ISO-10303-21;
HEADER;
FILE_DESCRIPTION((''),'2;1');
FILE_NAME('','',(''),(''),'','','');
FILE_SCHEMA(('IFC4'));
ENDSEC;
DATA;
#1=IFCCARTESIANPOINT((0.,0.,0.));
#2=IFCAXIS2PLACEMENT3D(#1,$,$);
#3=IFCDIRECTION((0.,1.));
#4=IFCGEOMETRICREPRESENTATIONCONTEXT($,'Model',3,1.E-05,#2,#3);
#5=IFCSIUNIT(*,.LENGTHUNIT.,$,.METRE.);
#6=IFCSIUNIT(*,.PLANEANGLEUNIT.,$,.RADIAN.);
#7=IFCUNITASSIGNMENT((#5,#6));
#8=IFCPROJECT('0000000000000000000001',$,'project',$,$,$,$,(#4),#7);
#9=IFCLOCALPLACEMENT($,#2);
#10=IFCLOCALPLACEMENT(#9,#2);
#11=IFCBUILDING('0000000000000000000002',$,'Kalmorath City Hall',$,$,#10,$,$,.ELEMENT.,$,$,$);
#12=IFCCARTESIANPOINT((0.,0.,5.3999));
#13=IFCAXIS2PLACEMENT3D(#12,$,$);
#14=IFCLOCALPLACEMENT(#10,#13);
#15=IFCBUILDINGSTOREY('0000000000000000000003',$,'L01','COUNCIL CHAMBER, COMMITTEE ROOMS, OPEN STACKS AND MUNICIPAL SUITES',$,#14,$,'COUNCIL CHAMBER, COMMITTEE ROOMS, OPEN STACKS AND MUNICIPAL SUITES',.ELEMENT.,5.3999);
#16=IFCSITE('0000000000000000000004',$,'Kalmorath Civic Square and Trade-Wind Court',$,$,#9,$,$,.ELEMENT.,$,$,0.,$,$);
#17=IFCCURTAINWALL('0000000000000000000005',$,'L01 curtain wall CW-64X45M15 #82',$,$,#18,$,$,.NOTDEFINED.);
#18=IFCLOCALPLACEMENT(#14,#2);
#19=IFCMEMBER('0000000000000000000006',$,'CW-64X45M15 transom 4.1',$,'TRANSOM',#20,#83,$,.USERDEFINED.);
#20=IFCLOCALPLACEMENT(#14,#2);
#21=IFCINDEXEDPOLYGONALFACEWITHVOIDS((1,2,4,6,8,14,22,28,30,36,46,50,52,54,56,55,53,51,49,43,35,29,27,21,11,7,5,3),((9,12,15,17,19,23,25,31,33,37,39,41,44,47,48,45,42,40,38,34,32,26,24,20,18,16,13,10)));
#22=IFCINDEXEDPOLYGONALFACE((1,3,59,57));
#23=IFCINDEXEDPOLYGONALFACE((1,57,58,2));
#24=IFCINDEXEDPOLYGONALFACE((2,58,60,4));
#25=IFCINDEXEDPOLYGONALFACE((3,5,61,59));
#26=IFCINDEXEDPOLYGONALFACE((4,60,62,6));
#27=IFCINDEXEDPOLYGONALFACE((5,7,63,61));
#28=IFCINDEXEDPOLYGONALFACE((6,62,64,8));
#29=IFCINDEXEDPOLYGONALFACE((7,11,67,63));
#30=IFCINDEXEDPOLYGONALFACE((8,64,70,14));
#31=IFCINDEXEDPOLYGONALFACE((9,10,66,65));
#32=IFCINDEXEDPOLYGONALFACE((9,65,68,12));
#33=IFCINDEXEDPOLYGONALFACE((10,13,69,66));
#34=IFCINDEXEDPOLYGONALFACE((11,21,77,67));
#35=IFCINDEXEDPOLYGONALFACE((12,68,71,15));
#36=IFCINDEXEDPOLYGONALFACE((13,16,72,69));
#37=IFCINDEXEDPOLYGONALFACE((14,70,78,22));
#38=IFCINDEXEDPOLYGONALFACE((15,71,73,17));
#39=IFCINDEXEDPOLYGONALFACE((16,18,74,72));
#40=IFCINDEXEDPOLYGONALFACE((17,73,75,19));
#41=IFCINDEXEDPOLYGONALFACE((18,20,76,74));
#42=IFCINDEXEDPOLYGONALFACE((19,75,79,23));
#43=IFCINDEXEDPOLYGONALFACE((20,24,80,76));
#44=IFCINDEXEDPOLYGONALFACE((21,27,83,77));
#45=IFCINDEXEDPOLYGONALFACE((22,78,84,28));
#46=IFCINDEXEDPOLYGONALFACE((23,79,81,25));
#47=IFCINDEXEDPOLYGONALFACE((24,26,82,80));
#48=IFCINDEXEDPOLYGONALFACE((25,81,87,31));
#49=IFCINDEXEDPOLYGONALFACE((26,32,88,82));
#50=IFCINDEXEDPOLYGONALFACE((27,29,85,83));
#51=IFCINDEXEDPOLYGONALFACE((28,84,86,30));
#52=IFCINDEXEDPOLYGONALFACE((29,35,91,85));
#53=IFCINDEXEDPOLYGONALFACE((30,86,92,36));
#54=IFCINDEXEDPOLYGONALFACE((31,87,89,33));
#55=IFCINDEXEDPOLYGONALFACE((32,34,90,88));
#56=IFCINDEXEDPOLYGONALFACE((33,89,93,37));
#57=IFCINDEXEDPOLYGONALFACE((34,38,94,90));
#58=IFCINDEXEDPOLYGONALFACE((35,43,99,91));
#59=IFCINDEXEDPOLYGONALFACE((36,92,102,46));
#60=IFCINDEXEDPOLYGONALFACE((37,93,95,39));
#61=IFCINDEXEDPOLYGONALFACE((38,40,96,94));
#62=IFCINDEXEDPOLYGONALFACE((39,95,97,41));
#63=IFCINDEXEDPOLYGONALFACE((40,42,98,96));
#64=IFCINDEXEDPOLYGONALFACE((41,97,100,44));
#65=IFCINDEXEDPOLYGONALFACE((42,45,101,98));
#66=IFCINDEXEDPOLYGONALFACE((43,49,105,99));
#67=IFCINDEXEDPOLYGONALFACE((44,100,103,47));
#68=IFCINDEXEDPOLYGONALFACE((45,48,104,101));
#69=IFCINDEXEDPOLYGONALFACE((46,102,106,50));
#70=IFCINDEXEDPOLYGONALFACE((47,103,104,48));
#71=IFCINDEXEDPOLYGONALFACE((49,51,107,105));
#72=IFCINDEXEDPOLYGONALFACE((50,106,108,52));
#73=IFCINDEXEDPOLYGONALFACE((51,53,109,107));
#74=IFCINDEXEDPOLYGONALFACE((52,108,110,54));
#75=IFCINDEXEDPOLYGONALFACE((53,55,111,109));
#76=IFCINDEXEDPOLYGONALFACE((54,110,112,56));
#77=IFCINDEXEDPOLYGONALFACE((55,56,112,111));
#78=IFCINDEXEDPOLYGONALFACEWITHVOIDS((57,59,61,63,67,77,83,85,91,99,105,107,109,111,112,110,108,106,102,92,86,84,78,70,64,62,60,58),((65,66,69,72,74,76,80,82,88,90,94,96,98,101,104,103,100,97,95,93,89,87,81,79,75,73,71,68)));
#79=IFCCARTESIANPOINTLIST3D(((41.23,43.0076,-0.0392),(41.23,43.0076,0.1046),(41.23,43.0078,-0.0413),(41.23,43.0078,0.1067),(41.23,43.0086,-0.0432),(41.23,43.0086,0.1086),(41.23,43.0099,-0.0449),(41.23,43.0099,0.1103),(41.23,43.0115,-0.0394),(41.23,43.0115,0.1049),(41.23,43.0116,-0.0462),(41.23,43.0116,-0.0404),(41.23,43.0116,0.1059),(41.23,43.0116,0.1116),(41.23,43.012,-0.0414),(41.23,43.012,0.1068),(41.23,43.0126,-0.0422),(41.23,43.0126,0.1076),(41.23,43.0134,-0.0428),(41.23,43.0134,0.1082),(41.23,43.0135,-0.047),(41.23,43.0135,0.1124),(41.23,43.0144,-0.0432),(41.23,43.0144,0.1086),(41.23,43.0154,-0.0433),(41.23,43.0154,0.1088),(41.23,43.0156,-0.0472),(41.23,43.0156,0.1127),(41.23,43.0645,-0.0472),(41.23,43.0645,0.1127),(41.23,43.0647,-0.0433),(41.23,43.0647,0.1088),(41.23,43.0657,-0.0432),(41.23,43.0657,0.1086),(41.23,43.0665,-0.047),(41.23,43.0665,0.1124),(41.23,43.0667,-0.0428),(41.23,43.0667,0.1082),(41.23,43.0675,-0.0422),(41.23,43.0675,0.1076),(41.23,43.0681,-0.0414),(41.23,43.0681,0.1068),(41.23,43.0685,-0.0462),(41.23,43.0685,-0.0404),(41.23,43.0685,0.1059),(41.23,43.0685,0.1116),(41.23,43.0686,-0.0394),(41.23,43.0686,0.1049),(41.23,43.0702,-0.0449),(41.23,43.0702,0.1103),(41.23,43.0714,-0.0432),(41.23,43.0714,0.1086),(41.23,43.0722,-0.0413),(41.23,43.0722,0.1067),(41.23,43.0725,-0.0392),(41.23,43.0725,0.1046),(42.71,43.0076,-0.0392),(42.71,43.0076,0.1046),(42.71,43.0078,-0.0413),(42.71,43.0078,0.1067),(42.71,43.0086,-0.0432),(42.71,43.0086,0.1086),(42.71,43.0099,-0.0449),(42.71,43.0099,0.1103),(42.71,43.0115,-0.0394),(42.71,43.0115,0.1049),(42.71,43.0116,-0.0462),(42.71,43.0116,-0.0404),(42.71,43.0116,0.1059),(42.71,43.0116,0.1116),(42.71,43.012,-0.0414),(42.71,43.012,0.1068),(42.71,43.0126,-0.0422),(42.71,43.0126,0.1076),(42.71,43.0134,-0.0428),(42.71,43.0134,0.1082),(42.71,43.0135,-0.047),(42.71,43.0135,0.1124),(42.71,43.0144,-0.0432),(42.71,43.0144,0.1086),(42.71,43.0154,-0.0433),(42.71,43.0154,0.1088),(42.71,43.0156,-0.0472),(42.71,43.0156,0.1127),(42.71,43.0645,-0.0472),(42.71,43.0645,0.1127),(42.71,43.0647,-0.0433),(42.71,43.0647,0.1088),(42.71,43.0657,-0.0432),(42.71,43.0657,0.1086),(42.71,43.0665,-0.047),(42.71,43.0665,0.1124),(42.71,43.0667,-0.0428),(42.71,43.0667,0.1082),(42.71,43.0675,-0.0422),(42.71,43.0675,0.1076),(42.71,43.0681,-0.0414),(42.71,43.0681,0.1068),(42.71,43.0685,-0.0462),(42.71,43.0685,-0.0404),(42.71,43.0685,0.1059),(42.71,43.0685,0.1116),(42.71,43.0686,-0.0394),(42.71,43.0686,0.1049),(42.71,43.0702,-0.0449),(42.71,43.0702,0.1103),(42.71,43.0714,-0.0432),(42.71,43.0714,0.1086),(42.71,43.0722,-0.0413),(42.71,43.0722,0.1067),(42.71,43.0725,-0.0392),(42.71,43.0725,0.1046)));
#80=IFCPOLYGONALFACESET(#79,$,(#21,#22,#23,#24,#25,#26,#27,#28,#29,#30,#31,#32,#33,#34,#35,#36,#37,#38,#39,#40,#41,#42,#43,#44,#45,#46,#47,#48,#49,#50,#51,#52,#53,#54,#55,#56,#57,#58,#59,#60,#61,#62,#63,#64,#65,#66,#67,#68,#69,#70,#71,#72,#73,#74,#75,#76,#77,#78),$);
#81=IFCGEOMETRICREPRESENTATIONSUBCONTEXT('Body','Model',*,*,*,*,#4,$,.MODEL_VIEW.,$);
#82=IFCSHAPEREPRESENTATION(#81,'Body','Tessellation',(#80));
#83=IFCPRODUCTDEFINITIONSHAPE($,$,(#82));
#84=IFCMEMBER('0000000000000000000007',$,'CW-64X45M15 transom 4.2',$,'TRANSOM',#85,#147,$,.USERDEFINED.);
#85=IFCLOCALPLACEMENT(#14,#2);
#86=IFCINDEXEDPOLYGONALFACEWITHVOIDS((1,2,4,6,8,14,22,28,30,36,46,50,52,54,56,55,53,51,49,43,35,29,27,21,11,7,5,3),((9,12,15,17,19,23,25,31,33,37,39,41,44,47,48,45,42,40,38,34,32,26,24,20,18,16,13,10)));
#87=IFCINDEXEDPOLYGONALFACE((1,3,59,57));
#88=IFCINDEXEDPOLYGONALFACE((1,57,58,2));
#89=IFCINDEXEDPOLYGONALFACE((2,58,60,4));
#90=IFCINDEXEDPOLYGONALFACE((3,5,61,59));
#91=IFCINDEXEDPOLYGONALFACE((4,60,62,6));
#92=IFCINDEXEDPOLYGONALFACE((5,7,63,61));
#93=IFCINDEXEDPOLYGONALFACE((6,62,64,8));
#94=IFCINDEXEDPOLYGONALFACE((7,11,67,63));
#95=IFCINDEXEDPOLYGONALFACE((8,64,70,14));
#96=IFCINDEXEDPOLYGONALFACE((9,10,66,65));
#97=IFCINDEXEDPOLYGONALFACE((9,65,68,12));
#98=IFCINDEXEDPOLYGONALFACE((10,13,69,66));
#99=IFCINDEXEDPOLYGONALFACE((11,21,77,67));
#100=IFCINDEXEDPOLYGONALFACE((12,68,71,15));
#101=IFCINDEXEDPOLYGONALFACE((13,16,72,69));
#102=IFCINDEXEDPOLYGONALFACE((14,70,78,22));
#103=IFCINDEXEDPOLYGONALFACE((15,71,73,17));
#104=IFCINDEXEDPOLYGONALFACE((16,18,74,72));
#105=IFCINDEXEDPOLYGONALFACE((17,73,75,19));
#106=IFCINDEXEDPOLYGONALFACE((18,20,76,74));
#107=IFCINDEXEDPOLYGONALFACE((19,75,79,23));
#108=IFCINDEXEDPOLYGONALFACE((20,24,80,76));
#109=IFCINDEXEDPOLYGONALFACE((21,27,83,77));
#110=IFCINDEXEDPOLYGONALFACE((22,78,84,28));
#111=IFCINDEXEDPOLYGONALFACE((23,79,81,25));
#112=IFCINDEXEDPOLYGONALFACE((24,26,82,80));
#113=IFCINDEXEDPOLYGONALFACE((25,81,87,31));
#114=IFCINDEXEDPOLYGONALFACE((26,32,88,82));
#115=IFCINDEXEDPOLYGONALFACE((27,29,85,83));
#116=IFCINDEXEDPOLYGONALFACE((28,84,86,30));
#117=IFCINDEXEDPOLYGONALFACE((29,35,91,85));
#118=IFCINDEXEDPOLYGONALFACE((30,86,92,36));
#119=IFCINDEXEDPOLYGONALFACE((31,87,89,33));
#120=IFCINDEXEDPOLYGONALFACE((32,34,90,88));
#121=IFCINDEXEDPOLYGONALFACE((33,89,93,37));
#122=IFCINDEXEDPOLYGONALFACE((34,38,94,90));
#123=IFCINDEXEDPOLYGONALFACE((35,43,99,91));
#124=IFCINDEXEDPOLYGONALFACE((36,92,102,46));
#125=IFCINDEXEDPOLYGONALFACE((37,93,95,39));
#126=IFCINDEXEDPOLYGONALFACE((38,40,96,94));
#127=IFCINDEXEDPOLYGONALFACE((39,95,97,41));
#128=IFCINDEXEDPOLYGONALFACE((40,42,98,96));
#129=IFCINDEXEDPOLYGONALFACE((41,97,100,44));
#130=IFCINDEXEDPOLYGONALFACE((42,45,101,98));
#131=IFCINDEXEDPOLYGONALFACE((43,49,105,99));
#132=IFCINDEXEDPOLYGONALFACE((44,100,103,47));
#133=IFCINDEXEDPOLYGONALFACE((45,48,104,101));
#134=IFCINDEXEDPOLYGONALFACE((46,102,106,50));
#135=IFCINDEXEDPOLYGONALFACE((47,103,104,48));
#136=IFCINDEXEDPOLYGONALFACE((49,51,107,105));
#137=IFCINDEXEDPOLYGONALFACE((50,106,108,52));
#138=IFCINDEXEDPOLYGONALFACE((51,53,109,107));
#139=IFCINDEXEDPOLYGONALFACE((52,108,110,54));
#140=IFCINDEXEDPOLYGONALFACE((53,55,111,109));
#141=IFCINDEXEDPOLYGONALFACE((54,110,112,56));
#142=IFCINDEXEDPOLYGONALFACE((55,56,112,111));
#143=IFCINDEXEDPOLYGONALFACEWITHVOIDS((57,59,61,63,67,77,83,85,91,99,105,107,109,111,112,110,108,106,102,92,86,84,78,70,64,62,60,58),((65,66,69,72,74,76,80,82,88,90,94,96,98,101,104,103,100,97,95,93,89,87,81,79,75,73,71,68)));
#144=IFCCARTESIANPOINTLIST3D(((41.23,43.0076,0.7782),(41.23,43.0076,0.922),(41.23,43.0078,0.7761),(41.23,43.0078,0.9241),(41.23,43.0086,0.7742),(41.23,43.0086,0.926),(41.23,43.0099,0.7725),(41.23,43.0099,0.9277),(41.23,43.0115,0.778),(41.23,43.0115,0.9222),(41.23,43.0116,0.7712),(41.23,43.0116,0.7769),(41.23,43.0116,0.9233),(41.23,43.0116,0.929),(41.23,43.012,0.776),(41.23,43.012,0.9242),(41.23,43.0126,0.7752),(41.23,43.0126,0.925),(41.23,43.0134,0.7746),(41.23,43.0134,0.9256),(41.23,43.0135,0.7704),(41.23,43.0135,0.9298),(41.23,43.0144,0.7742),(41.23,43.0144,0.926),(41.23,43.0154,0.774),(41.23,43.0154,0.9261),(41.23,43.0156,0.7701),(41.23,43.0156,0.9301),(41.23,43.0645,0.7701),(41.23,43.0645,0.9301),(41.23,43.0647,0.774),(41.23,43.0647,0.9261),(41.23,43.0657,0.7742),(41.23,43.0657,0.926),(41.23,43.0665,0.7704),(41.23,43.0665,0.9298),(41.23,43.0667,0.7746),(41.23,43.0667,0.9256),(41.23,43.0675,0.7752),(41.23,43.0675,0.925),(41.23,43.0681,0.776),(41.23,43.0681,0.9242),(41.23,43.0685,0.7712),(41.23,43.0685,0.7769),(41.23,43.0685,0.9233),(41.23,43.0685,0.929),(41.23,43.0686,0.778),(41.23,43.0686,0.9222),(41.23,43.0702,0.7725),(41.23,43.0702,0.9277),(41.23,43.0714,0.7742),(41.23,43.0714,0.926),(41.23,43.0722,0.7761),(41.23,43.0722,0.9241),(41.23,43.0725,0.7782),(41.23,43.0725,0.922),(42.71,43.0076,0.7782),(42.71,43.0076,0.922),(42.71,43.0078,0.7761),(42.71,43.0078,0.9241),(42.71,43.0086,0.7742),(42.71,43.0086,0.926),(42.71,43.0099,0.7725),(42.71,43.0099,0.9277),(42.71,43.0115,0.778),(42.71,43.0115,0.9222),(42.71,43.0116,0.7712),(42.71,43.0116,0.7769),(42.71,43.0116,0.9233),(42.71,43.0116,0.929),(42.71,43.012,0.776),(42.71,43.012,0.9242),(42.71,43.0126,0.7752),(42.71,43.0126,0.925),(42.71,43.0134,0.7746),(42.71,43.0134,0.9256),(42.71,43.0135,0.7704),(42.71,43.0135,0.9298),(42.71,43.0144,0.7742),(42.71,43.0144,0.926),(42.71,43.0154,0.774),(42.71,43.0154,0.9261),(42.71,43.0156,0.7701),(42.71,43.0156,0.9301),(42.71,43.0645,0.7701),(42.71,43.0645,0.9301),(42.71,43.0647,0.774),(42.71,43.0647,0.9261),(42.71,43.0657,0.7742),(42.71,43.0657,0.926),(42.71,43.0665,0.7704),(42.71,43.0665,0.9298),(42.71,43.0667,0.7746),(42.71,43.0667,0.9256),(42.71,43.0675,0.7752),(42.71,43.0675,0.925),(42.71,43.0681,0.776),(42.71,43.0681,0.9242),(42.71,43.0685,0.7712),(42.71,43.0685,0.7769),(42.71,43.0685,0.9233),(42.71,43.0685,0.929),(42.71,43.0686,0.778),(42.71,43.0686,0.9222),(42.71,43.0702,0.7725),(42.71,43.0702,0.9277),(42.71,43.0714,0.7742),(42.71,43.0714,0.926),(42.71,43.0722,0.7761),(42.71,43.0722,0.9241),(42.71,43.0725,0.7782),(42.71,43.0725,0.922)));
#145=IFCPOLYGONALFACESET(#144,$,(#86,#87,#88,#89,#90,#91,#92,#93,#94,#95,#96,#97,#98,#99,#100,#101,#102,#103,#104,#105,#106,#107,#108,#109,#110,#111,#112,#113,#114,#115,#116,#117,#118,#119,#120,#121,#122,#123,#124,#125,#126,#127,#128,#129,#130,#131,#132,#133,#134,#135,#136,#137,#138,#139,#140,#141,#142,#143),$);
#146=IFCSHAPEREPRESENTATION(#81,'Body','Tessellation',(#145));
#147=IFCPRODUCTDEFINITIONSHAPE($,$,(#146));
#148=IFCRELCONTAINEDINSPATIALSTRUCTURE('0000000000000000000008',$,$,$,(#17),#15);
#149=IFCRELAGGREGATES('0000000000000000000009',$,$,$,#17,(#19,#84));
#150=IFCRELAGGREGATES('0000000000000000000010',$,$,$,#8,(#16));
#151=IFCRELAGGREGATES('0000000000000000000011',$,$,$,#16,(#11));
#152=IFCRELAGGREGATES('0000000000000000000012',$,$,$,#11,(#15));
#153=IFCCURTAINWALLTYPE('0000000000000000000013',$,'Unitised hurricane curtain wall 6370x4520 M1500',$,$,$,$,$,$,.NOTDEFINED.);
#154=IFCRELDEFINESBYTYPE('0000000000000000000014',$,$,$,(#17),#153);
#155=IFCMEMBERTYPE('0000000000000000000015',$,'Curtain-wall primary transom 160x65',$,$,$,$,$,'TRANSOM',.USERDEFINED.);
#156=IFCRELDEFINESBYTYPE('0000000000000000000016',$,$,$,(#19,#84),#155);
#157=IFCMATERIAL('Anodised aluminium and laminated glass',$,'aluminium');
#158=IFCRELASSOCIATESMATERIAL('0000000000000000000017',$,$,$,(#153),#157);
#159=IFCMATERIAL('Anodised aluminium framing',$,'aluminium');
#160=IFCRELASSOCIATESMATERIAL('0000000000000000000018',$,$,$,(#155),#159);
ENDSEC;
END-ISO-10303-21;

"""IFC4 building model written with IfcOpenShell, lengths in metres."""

from ifc_helpers import new_model, si_unit, direction, frame, origin, origin_2d, place, context, subcontext, project, spatial, hollow_rectangle, extrude, material, material_profile, profile_set, type_object, element, aggregate, save


model = new_model("IFC4")

# Units and contexts
model_context = context("Model", 3, precision=1e-05, world=origin(), true_north=direction((0.0, 1.0)))
body_context = subcontext(model_context, "Body", "Model", "MODEL_VIEW")
ifc_project = project(units=[si_unit("LENGTHUNIT", "METRE"), si_unit("PLANEANGLEUNIT", "RADIAN")], contexts=[model_context])

# Site, building, storey
site_placement = place(None, origin())
site = spatial("IfcSite", under=ifc_project, at=site_placement, Name="Kalmorath Civic Square and Trade-Wind Court", CompositionType="ELEMENT", RefElevation=0.0)
building_placement = place(site_placement, origin())
building = spatial("IfcBuilding", under=site, at=building_placement, Name="Kalmorath City Hall", CompositionType="ELEMENT")
storey_placement = place(building_placement, frame((0.0, 0.0, 5.3999)))
storey = spatial("IfcBuildingStorey", under=building, at=storey_placement, Name="L01", Description="COUNCIL CHAMBER, COMMITTEE ROOMS, OPEN STACKS AND MUNICIPAL SUITES", LongName="COUNCIL CHAMBER, COMMITTEE ROOMS, OPEN STACKS AND MUNICIPAL SUITES", CompositionType="ELEMENT", Elevation=5.3999)

# Curtain wall, members
ifc_material_1 = material(Name="Anodised aluminium and laminated glass", Category="aluminium")
curtain_wall_type = type_object("IfcCurtainWallType", Name="Unitised hurricane curtain wall 6370x4520 M1500", PredefinedType="NOTDEFINED", material=ifc_material_1)
curtain_wall_placement = place(storey_placement, origin())
curtain_wall = element("IfcCurtainWall", 1, at=curtain_wall_placement, inside=storey, type_object=curtain_wall_type, Name="L01 curtain wall CW-64X45M15 #82", PredefinedType="NOTDEFINED")
ifc_material_2 = material(Name="Anodised aluminium framing", Category="aluminium")
ifc_material_profile_1 = material_profile(ifc_material_2, hollow_rectangle(XDim=0.0649, YDim=0.1599, WallThickness=0.0039, InnerFilletRadius=0.0039, OuterFilletRadius=0.0081, at=origin_2d()), Name="ALU-TRN-160X65X4")
ifc_profile_set_1 = profile_set([ifc_material_profile_1], Name="Anodised aluminium framing")
member_type_1 = type_object("IfcMemberType", Name="Curtain-wall primary transom 160x65", ElementType="TRANSOM", PredefinedType="USERDEFINED", material=ifc_profile_set_1)
member_1_placement = place(storey_placement, frame((41.23, 43.04, 0.0327), z_axis=(1.0, 0.0, 0.0), x_axis=(0.0, 1.0, 0.0)))
member_1 = element("IfcMember", 2, at=member_1_placement, type_object=member_type_1, Name="CW-64X45M15 transom 4.1", ObjectType="TRANSOM", PredefinedType="USERDEFINED", context=body_context, shape_type="SweptSolid", body=[
    extrude(hollow_rectangle(XDim=0.0649, YDim=0.1599, WallThickness=0.0039, InnerFilletRadius=0.0039, OuterFilletRadius=0.0081, at=origin_2d()), origin(), (0.0, 0.0, 1.0), 1.48),
])
member_2_placement = place(storey_placement, frame((41.23, 43.04, 0.8501), z_axis=(1.0, 0.0, 0.0), x_axis=(0.0, 1.0, 0.0)))
member_2 = element("IfcMember", 3, at=member_2_placement, type_object=member_type_1, Name="CW-64X45M15 transom 4.2", ObjectType="TRANSOM", PredefinedType="USERDEFINED", context=body_context, shape_type="SweptSolid", body=[
    extrude(hollow_rectangle(XDim=0.0649, YDim=0.1599, WallThickness=0.0039, InnerFilletRadius=0.0039, OuterFilletRadius=0.0081, at=origin_2d()), origin(), (0.0, 0.0, 1.0), 1.48),
])
aggregate(curtain_wall, [member_1, member_2])

save(model, "model.ifc")
